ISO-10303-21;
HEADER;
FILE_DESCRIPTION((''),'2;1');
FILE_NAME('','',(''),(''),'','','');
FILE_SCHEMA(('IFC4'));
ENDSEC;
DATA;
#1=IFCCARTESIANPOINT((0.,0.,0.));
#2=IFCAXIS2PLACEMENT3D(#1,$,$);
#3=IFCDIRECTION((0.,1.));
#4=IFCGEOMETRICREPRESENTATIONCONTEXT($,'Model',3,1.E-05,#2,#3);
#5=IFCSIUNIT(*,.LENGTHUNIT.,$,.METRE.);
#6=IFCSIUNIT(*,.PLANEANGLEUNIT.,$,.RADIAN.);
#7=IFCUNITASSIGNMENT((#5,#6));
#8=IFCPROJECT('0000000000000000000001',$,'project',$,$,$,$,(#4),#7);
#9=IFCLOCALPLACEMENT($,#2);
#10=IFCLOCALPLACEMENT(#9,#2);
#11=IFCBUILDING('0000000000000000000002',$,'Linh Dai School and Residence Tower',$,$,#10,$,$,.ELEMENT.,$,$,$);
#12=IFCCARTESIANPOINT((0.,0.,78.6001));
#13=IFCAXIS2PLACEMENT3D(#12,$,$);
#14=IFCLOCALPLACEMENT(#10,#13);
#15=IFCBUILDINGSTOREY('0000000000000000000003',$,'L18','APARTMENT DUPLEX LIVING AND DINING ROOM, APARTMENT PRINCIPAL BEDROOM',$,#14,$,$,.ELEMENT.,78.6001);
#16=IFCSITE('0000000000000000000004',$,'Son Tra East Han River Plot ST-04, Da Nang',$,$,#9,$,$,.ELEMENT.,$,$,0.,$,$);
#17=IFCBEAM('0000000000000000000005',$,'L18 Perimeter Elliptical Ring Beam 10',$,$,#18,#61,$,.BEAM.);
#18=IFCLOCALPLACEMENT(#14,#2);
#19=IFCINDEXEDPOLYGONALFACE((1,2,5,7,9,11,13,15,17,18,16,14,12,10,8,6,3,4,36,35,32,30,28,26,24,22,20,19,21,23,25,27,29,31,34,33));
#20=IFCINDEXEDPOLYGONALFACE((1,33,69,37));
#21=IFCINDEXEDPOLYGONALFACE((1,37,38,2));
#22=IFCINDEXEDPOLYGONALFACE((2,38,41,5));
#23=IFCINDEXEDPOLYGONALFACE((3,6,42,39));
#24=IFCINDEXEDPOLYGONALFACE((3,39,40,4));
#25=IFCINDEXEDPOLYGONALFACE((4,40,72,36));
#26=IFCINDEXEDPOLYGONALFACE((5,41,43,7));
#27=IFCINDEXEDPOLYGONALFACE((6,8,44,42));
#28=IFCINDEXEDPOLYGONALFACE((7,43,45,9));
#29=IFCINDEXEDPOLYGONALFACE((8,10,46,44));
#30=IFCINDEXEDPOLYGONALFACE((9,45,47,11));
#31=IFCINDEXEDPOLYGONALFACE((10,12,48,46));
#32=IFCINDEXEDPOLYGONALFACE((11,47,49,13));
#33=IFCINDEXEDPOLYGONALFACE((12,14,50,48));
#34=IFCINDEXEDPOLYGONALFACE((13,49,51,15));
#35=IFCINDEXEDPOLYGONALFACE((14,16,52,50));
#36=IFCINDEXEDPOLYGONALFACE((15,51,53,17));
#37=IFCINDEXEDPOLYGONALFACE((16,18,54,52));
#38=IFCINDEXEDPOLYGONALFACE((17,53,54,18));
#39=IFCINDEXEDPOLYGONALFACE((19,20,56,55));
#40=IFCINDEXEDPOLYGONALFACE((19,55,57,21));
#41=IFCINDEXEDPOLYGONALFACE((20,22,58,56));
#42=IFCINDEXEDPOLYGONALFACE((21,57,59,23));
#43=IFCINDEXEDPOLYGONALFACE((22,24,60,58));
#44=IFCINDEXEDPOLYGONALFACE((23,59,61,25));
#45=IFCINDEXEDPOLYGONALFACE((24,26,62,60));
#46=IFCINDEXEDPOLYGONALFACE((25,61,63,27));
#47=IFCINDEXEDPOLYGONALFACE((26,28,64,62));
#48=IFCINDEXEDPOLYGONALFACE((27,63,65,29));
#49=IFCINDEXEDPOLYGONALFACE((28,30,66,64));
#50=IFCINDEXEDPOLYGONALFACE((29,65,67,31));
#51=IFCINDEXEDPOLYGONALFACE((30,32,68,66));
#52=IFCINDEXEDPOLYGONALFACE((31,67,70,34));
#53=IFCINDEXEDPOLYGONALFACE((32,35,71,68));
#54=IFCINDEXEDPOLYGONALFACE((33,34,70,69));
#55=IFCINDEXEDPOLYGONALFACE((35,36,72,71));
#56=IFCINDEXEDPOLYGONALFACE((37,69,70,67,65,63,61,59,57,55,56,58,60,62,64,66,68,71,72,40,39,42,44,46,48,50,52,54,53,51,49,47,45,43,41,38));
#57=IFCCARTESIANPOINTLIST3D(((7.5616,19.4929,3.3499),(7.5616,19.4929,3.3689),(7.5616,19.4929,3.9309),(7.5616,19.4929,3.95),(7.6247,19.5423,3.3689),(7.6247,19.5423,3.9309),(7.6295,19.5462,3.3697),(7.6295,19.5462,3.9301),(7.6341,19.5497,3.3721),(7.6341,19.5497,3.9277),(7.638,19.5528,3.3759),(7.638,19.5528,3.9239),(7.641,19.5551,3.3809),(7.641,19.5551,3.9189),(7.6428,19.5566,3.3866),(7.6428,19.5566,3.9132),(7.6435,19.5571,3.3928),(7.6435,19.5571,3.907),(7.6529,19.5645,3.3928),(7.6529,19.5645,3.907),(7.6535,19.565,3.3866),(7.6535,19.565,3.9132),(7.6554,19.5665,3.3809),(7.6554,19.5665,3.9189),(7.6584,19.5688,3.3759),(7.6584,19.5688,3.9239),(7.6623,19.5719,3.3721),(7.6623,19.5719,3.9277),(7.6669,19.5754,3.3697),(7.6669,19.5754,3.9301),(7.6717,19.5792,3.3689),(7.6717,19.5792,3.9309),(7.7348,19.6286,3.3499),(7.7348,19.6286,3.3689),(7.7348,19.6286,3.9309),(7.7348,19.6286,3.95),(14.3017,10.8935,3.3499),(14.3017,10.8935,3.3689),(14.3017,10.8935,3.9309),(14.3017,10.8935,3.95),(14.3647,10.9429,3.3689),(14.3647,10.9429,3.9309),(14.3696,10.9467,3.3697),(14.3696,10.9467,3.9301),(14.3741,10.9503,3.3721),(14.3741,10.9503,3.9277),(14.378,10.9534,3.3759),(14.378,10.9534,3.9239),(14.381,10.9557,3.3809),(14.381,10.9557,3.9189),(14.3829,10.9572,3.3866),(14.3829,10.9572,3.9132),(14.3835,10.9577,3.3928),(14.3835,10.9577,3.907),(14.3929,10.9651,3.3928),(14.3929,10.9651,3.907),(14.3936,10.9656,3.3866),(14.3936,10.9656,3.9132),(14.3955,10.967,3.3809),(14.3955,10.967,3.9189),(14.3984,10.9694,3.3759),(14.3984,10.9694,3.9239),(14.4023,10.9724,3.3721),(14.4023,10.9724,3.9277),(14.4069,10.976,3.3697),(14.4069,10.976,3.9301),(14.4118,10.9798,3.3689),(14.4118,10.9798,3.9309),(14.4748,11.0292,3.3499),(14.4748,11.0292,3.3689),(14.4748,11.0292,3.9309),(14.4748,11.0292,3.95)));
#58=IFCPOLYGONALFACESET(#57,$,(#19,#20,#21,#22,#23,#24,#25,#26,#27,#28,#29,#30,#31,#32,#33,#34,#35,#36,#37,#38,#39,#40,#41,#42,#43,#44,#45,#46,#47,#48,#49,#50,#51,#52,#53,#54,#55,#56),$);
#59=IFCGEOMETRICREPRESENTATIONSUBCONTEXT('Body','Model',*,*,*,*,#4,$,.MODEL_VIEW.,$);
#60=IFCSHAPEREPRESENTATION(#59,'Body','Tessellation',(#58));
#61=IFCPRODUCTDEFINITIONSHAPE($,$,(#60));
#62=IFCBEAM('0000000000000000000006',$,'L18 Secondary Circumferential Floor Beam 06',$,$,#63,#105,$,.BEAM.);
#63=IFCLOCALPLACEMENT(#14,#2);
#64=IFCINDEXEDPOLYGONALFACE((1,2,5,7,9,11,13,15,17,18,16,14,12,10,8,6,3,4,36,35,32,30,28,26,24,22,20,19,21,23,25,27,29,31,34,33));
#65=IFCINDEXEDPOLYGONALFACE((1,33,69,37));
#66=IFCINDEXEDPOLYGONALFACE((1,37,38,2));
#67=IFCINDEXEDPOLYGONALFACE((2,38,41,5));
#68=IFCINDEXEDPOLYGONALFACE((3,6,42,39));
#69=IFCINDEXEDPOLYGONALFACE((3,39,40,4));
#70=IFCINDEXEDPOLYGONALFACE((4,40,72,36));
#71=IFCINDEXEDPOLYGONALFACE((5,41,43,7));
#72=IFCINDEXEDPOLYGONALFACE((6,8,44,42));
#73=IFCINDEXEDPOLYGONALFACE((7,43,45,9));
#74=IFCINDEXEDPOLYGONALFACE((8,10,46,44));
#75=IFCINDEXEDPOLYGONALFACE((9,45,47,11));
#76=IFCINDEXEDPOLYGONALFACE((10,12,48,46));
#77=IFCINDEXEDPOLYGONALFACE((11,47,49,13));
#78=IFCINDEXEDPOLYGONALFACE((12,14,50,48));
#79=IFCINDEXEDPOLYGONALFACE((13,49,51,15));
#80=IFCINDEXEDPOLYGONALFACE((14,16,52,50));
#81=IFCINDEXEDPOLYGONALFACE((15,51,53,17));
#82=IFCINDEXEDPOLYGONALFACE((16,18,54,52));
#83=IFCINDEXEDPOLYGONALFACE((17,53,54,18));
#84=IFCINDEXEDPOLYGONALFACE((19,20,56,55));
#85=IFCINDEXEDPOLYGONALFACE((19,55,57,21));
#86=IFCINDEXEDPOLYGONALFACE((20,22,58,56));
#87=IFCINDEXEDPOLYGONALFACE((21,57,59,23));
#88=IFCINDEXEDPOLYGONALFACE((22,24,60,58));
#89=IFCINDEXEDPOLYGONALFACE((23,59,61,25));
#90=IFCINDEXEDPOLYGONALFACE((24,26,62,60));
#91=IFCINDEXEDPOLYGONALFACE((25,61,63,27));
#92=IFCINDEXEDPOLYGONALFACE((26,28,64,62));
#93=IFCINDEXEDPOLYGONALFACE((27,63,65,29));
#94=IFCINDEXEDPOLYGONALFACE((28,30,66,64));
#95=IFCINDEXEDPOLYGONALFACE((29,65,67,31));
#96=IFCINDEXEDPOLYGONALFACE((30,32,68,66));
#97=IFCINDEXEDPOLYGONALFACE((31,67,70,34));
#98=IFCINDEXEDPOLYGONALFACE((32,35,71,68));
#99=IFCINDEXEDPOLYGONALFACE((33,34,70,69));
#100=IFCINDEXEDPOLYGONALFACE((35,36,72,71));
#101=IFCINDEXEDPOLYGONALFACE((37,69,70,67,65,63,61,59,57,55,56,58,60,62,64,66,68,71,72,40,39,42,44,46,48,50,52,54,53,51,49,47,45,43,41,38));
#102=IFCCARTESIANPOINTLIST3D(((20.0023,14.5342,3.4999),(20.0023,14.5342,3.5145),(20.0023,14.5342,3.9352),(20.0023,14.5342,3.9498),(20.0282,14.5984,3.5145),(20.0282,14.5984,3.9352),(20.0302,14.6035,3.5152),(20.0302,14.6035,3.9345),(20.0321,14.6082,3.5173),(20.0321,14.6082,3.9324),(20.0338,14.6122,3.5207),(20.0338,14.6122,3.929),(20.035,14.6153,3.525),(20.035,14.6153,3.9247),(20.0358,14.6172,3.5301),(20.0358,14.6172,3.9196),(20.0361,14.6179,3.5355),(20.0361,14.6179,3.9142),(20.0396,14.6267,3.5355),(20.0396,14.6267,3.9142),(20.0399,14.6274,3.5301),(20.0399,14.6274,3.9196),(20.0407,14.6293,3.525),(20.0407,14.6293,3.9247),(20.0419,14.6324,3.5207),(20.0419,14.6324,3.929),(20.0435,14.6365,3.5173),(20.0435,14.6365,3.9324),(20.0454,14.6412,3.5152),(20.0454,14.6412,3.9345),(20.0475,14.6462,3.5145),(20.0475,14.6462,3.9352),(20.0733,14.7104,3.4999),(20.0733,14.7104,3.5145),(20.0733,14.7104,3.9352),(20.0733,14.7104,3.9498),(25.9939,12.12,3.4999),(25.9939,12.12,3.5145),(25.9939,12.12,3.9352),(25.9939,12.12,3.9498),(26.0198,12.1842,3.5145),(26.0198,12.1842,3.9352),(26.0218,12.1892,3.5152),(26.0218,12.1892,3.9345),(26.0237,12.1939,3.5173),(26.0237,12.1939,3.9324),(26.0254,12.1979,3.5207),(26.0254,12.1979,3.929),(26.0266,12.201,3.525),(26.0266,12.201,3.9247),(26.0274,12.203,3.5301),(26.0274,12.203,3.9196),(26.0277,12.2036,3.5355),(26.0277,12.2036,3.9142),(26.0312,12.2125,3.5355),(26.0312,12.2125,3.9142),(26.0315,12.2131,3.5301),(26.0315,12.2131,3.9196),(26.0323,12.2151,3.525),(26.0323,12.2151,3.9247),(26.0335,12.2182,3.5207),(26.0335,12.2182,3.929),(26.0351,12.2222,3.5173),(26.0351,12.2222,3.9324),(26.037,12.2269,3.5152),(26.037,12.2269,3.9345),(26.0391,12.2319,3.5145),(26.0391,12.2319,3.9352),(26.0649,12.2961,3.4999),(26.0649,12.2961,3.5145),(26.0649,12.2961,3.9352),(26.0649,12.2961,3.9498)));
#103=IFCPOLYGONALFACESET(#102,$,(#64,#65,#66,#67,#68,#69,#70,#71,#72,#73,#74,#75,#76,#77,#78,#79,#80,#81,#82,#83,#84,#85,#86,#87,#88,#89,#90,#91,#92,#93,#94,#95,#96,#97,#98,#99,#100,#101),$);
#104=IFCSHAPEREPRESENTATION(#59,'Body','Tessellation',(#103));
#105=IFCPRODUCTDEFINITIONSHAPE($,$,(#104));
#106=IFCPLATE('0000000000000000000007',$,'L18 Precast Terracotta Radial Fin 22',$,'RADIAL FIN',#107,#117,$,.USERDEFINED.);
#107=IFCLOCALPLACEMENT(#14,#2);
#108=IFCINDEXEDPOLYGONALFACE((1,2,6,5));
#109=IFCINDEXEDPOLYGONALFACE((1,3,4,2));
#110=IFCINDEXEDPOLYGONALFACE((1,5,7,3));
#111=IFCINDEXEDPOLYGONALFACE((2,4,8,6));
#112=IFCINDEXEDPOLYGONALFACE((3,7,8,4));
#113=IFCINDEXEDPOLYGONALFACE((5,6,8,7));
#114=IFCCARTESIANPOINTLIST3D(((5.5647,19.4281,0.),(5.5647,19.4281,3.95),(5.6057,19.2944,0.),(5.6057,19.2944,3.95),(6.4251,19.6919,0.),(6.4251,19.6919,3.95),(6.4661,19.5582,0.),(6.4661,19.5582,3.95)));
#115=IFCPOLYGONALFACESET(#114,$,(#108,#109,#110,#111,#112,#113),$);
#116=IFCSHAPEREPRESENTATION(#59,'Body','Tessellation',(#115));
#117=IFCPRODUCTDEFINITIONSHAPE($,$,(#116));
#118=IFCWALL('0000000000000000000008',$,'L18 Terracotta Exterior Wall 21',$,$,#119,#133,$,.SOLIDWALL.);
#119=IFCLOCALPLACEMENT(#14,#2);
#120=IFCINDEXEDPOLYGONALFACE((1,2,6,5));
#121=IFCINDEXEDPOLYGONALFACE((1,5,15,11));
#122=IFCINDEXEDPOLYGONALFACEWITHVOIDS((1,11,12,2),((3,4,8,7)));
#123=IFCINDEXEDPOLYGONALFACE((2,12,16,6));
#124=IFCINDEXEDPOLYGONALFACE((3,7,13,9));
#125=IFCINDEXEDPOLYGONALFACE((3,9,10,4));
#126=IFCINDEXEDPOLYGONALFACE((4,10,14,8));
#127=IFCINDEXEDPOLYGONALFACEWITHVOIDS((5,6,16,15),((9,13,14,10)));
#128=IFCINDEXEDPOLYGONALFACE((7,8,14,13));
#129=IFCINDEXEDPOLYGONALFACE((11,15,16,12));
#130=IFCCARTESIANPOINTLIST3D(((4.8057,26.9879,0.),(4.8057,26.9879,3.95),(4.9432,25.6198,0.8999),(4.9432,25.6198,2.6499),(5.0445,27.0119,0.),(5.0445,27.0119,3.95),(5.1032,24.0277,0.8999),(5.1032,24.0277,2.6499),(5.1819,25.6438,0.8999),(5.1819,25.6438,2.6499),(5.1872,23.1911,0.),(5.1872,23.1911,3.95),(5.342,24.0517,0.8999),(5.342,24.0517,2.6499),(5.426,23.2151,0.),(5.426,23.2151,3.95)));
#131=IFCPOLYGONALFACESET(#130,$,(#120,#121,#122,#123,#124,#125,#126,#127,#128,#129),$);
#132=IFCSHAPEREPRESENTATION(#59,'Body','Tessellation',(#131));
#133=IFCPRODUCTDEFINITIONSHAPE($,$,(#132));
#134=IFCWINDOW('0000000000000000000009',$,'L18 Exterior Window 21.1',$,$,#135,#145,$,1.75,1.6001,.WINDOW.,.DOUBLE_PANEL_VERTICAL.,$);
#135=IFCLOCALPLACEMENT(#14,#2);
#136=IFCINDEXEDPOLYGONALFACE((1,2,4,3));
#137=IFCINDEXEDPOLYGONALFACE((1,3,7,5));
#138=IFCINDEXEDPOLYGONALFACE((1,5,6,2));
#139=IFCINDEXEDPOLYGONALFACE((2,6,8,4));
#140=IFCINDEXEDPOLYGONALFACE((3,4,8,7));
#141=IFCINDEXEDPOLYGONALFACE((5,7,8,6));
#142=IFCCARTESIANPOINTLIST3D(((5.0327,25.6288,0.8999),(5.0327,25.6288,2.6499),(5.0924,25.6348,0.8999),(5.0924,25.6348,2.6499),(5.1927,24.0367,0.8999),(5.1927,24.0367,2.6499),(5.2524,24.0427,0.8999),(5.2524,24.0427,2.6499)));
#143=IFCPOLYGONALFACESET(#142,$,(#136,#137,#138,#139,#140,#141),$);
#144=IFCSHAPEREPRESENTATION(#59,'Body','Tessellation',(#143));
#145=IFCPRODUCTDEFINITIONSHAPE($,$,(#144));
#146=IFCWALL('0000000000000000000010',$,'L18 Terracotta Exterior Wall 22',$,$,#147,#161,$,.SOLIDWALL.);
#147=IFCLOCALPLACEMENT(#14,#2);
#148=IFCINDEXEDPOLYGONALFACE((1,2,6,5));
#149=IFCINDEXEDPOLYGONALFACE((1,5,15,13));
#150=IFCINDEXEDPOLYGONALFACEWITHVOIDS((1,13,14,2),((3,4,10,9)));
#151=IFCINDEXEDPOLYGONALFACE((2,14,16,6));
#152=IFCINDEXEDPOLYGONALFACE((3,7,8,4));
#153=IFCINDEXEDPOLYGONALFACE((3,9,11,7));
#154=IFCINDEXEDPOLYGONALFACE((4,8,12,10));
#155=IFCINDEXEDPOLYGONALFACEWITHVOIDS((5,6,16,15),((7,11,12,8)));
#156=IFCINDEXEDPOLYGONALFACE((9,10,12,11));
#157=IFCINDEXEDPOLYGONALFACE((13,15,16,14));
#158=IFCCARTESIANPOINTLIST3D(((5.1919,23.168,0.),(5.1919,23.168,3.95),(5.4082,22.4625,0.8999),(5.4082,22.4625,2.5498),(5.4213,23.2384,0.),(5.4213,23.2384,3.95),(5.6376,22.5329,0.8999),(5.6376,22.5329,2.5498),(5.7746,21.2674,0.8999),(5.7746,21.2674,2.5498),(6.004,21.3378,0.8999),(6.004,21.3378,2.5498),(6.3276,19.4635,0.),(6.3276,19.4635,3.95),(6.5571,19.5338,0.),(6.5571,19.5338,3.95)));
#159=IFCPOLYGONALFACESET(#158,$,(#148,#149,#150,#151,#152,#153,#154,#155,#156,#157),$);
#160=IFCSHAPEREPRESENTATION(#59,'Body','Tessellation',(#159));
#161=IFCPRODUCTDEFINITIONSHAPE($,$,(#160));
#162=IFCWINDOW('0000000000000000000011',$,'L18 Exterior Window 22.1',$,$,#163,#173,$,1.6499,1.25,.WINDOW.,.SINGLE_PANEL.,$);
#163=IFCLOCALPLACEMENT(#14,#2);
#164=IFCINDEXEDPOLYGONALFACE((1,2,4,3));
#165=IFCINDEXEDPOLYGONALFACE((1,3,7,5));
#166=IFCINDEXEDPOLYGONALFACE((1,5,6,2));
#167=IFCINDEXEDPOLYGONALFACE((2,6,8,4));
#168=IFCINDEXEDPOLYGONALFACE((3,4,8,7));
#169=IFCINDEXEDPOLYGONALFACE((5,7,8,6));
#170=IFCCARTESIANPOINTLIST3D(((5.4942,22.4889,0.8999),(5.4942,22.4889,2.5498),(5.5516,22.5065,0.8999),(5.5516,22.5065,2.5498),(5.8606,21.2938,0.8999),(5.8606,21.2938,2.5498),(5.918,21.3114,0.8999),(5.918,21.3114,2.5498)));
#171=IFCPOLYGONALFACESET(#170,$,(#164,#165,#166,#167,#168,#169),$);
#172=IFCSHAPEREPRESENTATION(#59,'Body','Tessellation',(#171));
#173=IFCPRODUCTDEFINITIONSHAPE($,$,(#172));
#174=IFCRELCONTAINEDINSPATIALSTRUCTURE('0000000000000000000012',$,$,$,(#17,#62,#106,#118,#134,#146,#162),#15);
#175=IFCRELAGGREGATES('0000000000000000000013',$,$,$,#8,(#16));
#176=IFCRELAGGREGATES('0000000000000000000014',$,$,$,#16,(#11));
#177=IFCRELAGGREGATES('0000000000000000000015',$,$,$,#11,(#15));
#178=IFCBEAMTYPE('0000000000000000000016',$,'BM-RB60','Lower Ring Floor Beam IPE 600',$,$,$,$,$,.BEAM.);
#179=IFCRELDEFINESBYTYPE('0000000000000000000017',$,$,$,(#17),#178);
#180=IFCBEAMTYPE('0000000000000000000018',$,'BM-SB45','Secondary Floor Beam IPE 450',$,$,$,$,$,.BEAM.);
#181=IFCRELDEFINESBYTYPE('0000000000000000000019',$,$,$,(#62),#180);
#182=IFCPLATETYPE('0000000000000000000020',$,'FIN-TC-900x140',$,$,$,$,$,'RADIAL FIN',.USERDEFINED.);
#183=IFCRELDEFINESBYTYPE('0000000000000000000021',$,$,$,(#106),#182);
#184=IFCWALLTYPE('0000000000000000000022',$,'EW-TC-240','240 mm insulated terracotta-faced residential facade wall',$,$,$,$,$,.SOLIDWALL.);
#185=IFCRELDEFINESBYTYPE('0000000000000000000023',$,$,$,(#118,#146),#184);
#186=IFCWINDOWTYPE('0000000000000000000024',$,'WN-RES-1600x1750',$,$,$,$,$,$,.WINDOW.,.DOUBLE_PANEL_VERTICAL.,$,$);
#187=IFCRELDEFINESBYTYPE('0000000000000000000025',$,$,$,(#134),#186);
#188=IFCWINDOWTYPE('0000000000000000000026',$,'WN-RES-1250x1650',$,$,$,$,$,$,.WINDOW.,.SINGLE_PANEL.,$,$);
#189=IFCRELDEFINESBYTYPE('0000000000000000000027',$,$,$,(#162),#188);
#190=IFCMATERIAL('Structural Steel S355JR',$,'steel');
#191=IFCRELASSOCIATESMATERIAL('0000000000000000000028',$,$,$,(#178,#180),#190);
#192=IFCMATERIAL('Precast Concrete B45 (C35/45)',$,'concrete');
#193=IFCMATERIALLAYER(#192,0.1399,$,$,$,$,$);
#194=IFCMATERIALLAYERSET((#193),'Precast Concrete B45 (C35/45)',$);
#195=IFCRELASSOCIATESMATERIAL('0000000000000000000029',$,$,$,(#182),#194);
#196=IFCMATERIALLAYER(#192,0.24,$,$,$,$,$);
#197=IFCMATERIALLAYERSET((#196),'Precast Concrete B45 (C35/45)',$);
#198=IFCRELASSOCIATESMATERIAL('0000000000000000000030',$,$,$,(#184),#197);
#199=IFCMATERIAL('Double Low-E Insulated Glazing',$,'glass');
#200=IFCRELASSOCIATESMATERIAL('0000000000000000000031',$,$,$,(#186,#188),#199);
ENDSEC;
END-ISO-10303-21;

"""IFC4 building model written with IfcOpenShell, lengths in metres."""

from ifc_helpers import new_model, si_unit, direction, frame, frame_2d, origin, origin_2d, place, context, subcontext, project, spatial, rectangle, i_section, extrude, source, transform, mapped, material, layer, layer_set, material_profile, profile_set, type_object, element, fill, save


model = new_model("IFC4")

# Units and contexts
model_context = context("Model", 3, precision=1e-05, world=origin(), true_north=direction((0.0, 1.0)))
body_context = subcontext(model_context, "Body", "Model", "MODEL_VIEW")
ifc_project = project(units=[si_unit("LENGTHUNIT", "METRE"), si_unit("PLANEANGLEUNIT", "RADIAN")], contexts=[model_context])

# Site, building, storey
site_placement = place(None, origin())
site = spatial("IfcSite", under=ifc_project, at=site_placement, Name="Son Tra East Han River Plot ST-04, Da Nang", CompositionType="ELEMENT", RefElevation=0.0)
building_placement = place(site_placement, origin())
building = spatial("IfcBuilding", under=site, at=building_placement, Name="Linh Dai School and Residence Tower", CompositionType="ELEMENT")
storey_placement = place(building_placement, frame((0.0, 0.0, 78.6001)))
storey = spatial("IfcBuildingStorey", under=building, at=storey_placement, Name="L18", Description="APARTMENT DUPLEX LIVING AND DINING ROOM, APARTMENT PRINCIPAL BEDROOM", CompositionType="ELEMENT", Elevation=78.6001)

# Shared definitions
ifc_material_1 = material(Name="Structural Steel S355JR", Category="steel")

# Beams
ifc_material_profile_1 = material_profile(ifc_material_1, i_section(OverallWidth=0.22, OverallDepth=0.6001, WebThickness=0.012, FlangeThickness=0.019, FilletRadius=0.0239, at=origin_2d()), Name="IPE 600")
ifc_profile_set_1 = profile_set([ifc_material_profile_1], Name="Structural Steel S355JR")
beam_type_1 = type_object("IfcBeamType", Name="BM-RB60", Description="Lower Ring Floor Beam IPE 600", PredefinedType="BEAM", material=ifc_profile_set_1)
beam_1_placement = place(storey_placement, frame((7.6482, 19.5608, 3.6499), z_axis=(0.616879, -0.787058, 0.0), x_axis=(0.787058, 0.616879, 0.0)))
element("IfcBeam", 1, at=beam_1_placement, inside=storey, type_object=beam_type_1, Name="L18 Perimeter Elliptical Ring Beam 10", PredefinedType="BEAM", context=body_context, shape_type="SweptSolid", body=[
    extrude(i_section(OverallWidth=0.22, OverallDepth=0.6001, WebThickness=0.012, FlangeThickness=0.019, FilletRadius=0.0239, at=origin_2d()), origin(), (0.0, 0.0, 1.0), 10.926),
])
ifc_material_profile_2 = material_profile(ifc_material_1, i_section(OverallWidth=0.1899, OverallDepth=0.45, WebThickness=0.0095, FlangeThickness=0.0146, FilletRadius=0.021, at=origin_2d()), Name="IPE 450")
ifc_profile_set_2 = profile_set([ifc_material_profile_2], Name="Structural Steel S355JR")
beam_type_2 = type_object("IfcBeamType", Name="BM-SB45", Description="Secondary Floor Beam IPE 450", PredefinedType="BEAM", material=ifc_profile_set_2)
beam_2_placement = place(storey_placement, frame((20.0378, 14.6223, 3.7249), z_axis=(0.927533, -0.373742, 0.0), x_axis=(0.373742, 0.927533, 0.0)))
element("IfcBeam", 2, at=beam_2_placement, inside=storey, type_object=beam_type_2, Name="L18 Secondary Circumferential Floor Beam 06", PredefinedType="BEAM", context=body_context, shape_type="SweptSolid", body=[
    extrude(i_section(OverallWidth=0.1899, OverallDepth=0.45, WebThickness=0.0095, FlangeThickness=0.0146, FilletRadius=0.021, at=origin_2d()), origin(), (0.0, 0.0, 1.0), 6.4597),
])

# Plate
ifc_material_2 = material(Name="Precast Concrete B45 (C35/45)", Category="concrete")
ifc_layer_1 = layer(ifc_material_2, 0.1399)
ifc_layer_set_1 = layer_set([ifc_layer_1], Name="Precast Concrete B45 (C35/45)")
plate_type = type_object("IfcPlateType", Name="FIN-TC-900x140", ElementType="RADIAL FIN", PredefinedType="USERDEFINED", material=ifc_layer_set_1)
shared_shape_1 = source(origin(), body_context, "Body", "SweptSolid", [
    extrude(rectangle(XDim=0.8999, YDim=0.1399, at=origin_2d()), origin(), (0.0, 0.0, 1.0), 3.95),
])
plate_placement = place(storey_placement, frame((6.0154, 19.4932, 0.0), z_axis=(0.0, 0.0, 1.0), x_axis=(-0.956068, -0.293146, 0.0)))
element("IfcPlate", 3, at=plate_placement, inside=storey, type_object=plate_type, Name="L18 Precast Terracotta Radial Fin 22", ObjectType="RADIAL FIN", PredefinedType="USERDEFINED", context=body_context, shape_type="MappedRepresentation", body=[
    mapped(shared_shape_1, transform((0.0, 0.0, 0.0), x_axis=(1.0, 0.0, 0.0), y_axis=(0.0, 1.0, 0.0), z_axis=(0.0, 0.0, 1.0), scale=1.0)),
])

# Walls, openings, windows
ifc_layer_2 = layer(ifc_material_2, 0.24)
ifc_layer_set_2 = layer_set([ifc_layer_2], Name="Precast Concrete B45 (C35/45)")
wall_type_1 = type_object("IfcWallType", Name="EW-TC-240", Description="240 mm insulated terracotta-faced residential facade wall", PredefinedType="SOLIDWALL", material=ifc_layer_set_2)
wall_1_placement = place(storey_placement, frame((5.3066, 23.2031, 0.0), z_axis=(0.0, 0.0, 1.0), x_axis=(-0.099998, 0.994988, 0.0)))
wall_1 = element("IfcWall", 4, at=wall_1_placement, inside=storey, type_object=wall_type_1, Name="L18 Terracotta Exterior Wall 21", PredefinedType="SOLIDWALL", context=body_context, shape_type="SweptSolid", body=[
    extrude(rectangle(XDim=3.8159, YDim=0.24, at=frame_2d((1.908, 0.0))), origin(), (0.0, 0.0, 1.0), 3.95),
])
opening_1_placement = place(wall_1_placement, frame((0.8408, 0.0, 0.8999)))
opening_1 = element("IfcOpeningElement", 5, at=opening_1_placement, cuts=wall_1, PredefinedType="OPENING", context=body_context, shape_type="SweptSolid", body=[
    extrude(rectangle(XDim=1.6001, YDim=1.75, at=origin_2d()), frame((0.8, 0.1299, 0.875), z_axis=(0.0, -1.0, 0.0), x_axis=(1.0, 0.0, 0.0)), (0.0, 0.0, 1.0), 0.26),
])
ifc_material_3 = material(Name="Double Low-E Insulated Glazing", Category="glass")
window_type_1 = type_object("IfcWindowType", Name="WN-RES-1600x1750", PartitioningType="DOUBLE_PANEL_VERTICAL", PredefinedType="WINDOW", material=ifc_material_3)
shared_shape_2 = source(origin(), body_context, "Body", "SweptSolid", [
    extrude(rectangle(XDim=1.6001, YDim=1.75, at=origin_2d()), frame((0.8, 0.03, 0.875), z_axis=(0.0, -1.0, 0.0), x_axis=(1.0, 0.0, 0.0)), (0.0, 0.0, 1.0), 0.0601),
])
window_1_placement = place(opening_1_placement, origin())
window_1 = element("IfcWindow", 6, at=window_1_placement, inside=storey, type_object=window_type_1, Name="L18 Exterior Window 21.1", OverallHeight=1.75, OverallWidth=1.6001, PartitioningType="DOUBLE_PANEL_VERTICAL", PredefinedType="WINDOW", context=body_context, shape_type="MappedRepresentation", body=[
    mapped(shared_shape_2, transform((0.0, 0.0, 0.0), x_axis=(1.0, 0.0, 0.0), y_axis=(0.0, 1.0, 0.0), z_axis=(0.0, 0.0, 1.0), scale=1.0)),
])
fill(opening_1, window_1)
wall_2_placement = place(storey_placement, frame((6.4424, 19.4985, 0.0), z_axis=(0.0, 0.0, 1.0), x_axis=(-0.293112, 0.956078, 0.0)))
wall_2 = element("IfcWall", 7, at=wall_2_placement, inside=storey, type_object=wall_type_1, Name="L18 Terracotta Exterior Wall 22", PredefinedType="SOLIDWALL", context=body_context, shape_type="SweptSolid", body=[
    extrude(rectangle(XDim=3.8748, YDim=0.24, at=frame_2d((1.9375, 0.0))), origin(), (0.0, 0.0, 1.0), 3.95),
])
opening_2_placement = place(wall_2_placement, frame((1.887, 0.0, 0.8999)))
opening_2 = element("IfcOpeningElement", 8, at=opening_2_placement, cuts=wall_2, PredefinedType="OPENING", context=body_context, shape_type="SweptSolid", body=[
    extrude(rectangle(XDim=1.25, YDim=1.6499, at=origin_2d()), frame((0.625, 0.1299, 0.825), z_axis=(0.0, -1.0, 0.0), x_axis=(1.0, 0.0, 0.0)), (0.0, 0.0, 1.0), 0.26),
])
window_type_2 = type_object("IfcWindowType", Name="WN-RES-1250x1650", PartitioningType="SINGLE_PANEL", PredefinedType="WINDOW", material=ifc_material_3)
shared_shape_3 = source(origin(), body_context, "Body", "SweptSolid", [
    extrude(rectangle(XDim=1.25, YDim=1.6499, at=origin_2d()), frame((0.625, 0.03, 0.825), z_axis=(0.0, -1.0, 0.0), x_axis=(1.0, 0.0, 0.0)), (0.0, 0.0, 1.0), 0.0601),
])
window_2_placement = place(opening_2_placement, origin())
window_2 = element("IfcWindow", 9, at=window_2_placement, inside=storey, type_object=window_type_2, Name="L18 Exterior Window 22.1", OverallHeight=1.6499, OverallWidth=1.25, PartitioningType="SINGLE_PANEL", PredefinedType="WINDOW", context=body_context, shape_type="MappedRepresentation", body=[
    mapped(shared_shape_3, transform((0.0, 0.0, 0.0), x_axis=(1.0, 0.0, 0.0), y_axis=(0.0, 1.0, 0.0), z_axis=(0.0, 0.0, 1.0), scale=1.0)),
])
fill(opening_2, window_2)

save(model, "model.ifc")
